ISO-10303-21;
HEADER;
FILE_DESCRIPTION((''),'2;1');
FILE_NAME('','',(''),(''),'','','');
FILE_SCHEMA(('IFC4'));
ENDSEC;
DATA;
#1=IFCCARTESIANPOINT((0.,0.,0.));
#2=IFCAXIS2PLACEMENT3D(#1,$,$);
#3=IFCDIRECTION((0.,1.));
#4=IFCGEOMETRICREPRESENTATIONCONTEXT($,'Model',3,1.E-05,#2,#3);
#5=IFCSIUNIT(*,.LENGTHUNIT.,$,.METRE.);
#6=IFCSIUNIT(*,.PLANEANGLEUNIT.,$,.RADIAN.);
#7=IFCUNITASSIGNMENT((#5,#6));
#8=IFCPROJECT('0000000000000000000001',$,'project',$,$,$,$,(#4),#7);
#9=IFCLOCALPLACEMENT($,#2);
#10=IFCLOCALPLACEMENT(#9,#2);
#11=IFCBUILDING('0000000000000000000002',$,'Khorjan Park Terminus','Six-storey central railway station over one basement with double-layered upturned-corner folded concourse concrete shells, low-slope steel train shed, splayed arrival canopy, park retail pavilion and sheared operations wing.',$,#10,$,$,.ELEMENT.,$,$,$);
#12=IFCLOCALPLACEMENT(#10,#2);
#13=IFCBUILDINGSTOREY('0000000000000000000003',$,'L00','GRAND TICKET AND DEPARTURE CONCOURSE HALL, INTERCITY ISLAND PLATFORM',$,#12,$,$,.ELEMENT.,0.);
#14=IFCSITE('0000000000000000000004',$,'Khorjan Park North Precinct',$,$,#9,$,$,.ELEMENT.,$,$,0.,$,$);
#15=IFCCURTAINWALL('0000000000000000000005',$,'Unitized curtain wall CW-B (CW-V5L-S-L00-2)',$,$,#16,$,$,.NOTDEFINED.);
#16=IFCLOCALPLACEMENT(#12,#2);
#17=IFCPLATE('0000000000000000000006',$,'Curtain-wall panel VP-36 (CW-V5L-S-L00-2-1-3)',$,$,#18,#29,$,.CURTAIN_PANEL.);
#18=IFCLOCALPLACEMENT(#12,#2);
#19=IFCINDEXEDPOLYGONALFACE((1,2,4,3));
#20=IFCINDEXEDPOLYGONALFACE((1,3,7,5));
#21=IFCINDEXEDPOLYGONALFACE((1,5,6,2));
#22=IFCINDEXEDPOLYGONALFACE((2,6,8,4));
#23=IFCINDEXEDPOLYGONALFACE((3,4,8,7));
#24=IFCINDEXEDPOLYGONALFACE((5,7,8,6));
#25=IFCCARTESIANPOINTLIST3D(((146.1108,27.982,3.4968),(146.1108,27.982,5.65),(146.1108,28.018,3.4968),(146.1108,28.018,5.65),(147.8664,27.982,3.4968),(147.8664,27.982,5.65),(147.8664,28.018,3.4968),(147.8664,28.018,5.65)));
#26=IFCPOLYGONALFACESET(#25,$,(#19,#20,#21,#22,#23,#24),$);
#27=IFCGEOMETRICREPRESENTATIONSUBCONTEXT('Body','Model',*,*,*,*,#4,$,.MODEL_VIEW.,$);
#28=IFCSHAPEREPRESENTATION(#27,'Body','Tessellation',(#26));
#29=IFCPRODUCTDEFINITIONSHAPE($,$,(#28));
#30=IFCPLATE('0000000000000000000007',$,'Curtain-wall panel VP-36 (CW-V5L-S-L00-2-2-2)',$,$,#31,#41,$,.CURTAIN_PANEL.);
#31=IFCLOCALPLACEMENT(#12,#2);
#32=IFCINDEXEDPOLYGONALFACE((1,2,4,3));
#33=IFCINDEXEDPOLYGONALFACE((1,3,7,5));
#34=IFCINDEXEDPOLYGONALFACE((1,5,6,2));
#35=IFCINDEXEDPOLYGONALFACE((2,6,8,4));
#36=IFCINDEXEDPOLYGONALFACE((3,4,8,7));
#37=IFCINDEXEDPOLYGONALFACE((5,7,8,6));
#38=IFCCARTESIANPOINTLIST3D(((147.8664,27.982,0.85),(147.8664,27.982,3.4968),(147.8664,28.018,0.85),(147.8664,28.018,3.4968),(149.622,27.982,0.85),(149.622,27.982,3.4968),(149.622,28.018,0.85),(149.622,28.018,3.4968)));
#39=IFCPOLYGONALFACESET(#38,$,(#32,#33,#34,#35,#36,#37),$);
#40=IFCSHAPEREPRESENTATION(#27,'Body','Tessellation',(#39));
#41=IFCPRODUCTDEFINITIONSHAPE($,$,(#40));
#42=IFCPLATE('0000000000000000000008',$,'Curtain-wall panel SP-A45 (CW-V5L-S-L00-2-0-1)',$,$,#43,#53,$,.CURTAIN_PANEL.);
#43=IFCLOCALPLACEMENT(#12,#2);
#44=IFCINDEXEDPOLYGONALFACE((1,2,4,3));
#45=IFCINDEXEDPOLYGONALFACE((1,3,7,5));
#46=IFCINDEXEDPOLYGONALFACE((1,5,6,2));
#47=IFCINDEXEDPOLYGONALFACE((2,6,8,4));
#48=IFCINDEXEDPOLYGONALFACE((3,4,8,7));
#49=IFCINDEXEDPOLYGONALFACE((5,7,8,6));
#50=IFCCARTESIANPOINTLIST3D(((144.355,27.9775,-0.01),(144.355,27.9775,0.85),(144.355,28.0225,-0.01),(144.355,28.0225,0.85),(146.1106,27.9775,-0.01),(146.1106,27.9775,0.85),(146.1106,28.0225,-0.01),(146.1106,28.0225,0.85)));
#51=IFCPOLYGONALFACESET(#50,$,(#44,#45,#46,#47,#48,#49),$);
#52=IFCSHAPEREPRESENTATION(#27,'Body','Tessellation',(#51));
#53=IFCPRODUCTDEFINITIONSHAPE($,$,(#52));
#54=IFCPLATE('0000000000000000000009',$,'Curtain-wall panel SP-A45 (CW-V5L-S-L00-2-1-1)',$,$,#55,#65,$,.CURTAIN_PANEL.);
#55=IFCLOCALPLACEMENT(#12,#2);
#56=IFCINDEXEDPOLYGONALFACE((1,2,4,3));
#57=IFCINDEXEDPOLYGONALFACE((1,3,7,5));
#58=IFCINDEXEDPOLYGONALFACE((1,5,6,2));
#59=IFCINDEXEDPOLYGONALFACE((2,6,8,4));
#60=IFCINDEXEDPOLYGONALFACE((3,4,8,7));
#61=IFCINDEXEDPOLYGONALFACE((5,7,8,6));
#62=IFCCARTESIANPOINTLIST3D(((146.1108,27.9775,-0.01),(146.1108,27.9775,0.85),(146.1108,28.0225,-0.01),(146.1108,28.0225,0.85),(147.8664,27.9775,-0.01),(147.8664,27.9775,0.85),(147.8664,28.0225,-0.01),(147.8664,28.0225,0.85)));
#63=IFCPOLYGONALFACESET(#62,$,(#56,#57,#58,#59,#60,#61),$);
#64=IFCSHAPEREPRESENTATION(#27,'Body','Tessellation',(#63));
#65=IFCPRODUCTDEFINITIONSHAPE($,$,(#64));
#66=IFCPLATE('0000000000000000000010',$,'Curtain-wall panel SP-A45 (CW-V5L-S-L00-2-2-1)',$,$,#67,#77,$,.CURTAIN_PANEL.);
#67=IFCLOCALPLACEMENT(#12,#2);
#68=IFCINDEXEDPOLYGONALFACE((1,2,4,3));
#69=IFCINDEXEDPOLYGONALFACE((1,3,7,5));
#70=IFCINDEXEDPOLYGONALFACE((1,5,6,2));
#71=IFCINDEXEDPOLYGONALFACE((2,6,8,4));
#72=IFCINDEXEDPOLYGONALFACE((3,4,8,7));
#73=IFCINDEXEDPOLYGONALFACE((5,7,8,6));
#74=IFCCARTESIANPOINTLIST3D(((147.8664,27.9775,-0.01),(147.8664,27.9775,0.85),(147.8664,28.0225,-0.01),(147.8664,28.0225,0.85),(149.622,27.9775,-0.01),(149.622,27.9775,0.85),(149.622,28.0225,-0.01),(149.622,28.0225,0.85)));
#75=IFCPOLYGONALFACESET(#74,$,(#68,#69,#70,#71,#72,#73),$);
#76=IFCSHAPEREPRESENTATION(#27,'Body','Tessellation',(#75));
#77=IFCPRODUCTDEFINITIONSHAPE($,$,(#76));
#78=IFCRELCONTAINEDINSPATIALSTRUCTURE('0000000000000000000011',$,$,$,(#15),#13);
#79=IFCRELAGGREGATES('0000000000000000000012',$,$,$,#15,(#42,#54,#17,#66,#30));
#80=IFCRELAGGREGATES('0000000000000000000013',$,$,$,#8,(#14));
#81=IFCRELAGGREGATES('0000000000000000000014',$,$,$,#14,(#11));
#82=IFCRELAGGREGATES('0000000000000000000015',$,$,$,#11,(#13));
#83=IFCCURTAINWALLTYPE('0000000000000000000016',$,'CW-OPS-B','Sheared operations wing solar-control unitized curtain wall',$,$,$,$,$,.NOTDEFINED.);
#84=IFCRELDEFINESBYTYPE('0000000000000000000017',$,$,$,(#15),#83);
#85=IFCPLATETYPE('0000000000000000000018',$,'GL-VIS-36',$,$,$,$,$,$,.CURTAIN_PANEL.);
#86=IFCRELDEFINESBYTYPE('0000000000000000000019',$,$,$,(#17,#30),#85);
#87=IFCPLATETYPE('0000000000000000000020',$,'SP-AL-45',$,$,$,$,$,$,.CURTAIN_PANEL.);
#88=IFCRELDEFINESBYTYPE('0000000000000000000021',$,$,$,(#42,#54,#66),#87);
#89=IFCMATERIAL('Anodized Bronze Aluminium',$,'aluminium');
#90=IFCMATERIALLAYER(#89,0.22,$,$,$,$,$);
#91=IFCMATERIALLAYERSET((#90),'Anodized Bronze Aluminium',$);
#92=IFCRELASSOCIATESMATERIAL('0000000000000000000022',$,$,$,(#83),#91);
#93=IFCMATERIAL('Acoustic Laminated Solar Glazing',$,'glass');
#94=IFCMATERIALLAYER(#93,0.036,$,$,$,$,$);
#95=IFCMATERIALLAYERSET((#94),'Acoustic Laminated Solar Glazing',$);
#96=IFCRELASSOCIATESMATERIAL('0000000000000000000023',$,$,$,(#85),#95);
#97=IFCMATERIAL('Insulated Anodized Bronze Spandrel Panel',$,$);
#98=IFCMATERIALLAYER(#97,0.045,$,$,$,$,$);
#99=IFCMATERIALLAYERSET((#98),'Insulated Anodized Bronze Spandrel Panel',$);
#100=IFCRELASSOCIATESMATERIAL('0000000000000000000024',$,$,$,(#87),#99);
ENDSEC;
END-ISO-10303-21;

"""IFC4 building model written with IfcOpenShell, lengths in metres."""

from ifc_helpers import new_model, si_unit, direction, frame, origin, origin_2d, place, context, subcontext, project, spatial, rectangle, extrude, material, layer, layer_set, type_object, element, aggregate, save


model = new_model("IFC4")

# Units and contexts
model_context = context("Model", 3, precision=1e-05, world=origin(), true_north=direction((0.0, 1.0)))
body_context = subcontext(model_context, "Body", "Model", "MODEL_VIEW")
ifc_project = project(units=[si_unit("LENGTHUNIT", "METRE"), si_unit("PLANEANGLEUNIT", "RADIAN")], contexts=[model_context])

# Site, building, storey
site_placement = place(None, origin())
site = spatial("IfcSite", under=ifc_project, at=site_placement, Name="Khorjan Park North Precinct", CompositionType="ELEMENT", RefElevation=0.0)
building_placement = place(site_placement, origin())
building = spatial("IfcBuilding", under=site, at=building_placement, Name="Khorjan Park Terminus", Description="Six-storey central railway station over one basement with double-layered upturned-corner folded concourse concrete shells, low-slope steel train shed, splayed arrival canopy, park retail pavilion and sheared operations wing.", CompositionType="ELEMENT")
storey_placement = place(building_placement, origin())
storey = spatial("IfcBuildingStorey", under=building, at=storey_placement, Name="L00", Description="GRAND TICKET AND DEPARTURE CONCOURSE HALL, INTERCITY ISLAND PLATFORM", CompositionType="ELEMENT", Elevation=0.0)

# Shared definitions
ifc_material_1 = material(Name="Anodized Bronze Aluminium", Category="aluminium")
ifc_layer_1 = layer(ifc_material_1, 0.22)
ifc_layer_set_1 = layer_set([ifc_layer_1], Name="Anodized Bronze Aluminium")
curtain_wall_type = type_object("IfcCurtainWallType", Name="CW-OPS-B", Description="Sheared operations wing solar-control unitized curtain wall", PredefinedType="NOTDEFINED", material=ifc_layer_set_1)

# Curtain wall
curtain_wall_1_placement = place(storey_placement, origin())
curtain_wall_1 = element("IfcCurtainWall", 1, at=curtain_wall_1_placement, inside=storey, type_object=curtain_wall_type, Name="Unitized curtain wall CW-B (CW-V5L-S-L00-2)", PredefinedType="NOTDEFINED")

# Plates
ifc_material_2 = material(Name="Acoustic Laminated Solar Glazing", Category="glass")
ifc_layer_2 = layer(ifc_material_2, 0.036)
ifc_layer_set_2 = layer_set([ifc_layer_2], Name="Acoustic Laminated Solar Glazing")
plate_type_1 = type_object("IfcPlateType", Name="GL-VIS-36", PredefinedType="CURTAIN_PANEL", material=ifc_layer_set_2)
plate_1_placement = place(storey_placement, frame((146.9886, 28.0, 3.4968), z_axis=(0.0, 0.0, 1.0), x_axis=(1.0, 0.0, 0.0)))
plate_1 = element("IfcPlate", 2, at=plate_1_placement, type_object=plate_type_1, Name="Curtain-wall panel VP-36 (CW-V5L-S-L00-2-1-3)", PredefinedType="CURTAIN_PANEL", context=body_context, shape_type="SweptSolid", body=[
    extrude(rectangle(XDim=1.7557, YDim=0.036, at=origin_2d()), origin(), (0.0, 0.0, 1.0), 2.1532),
])
plate_2_placement = place(storey_placement, frame((148.7442, 28.0, 0.85), z_axis=(0.0, 0.0, 1.0), x_axis=(1.0, 0.0, 0.0)))
plate_2 = element("IfcPlate", 3, at=plate_2_placement, type_object=plate_type_1, Name="Curtain-wall panel VP-36 (CW-V5L-S-L00-2-2-2)", PredefinedType="CURTAIN_PANEL", context=body_context, shape_type="SweptSolid", body=[
    extrude(rectangle(XDim=1.7557, YDim=0.036, at=origin_2d()), origin(), (0.0, 0.0, 1.0), 2.6468),
])
ifc_material_3 = material(Name="Insulated Anodized Bronze Spandrel Panel")
ifc_layer_3 = layer(ifc_material_3, 0.045)
ifc_layer_set_3 = layer_set([ifc_layer_3], Name="Insulated Anodized Bronze Spandrel Panel")
plate_type_2 = type_object("IfcPlateType", Name="SP-AL-45", PredefinedType="CURTAIN_PANEL", material=ifc_layer_set_3)
plate_3_placement = place(storey_placement, frame((145.2328, 28.0, -0.01), z_axis=(0.0, 0.0, 1.0), x_axis=(1.0, 0.0, 0.0)))
plate_3 = element("IfcPlate", 4, at=plate_3_placement, type_object=plate_type_2, Name="Curtain-wall panel SP-A45 (CW-V5L-S-L00-2-0-1)", PredefinedType="CURTAIN_PANEL", context=body_context, shape_type="SweptSolid", body=[
    extrude(rectangle(XDim=1.7557, YDim=0.045, at=origin_2d()), origin(), (0.0, 0.0, 1.0), 0.86),
])
plate_4_placement = place(storey_placement, frame((146.9886, 28.0, -0.01), z_axis=(0.0, 0.0, 1.0), x_axis=(1.0, 0.0, 0.0)))
plate_4 = element("IfcPlate", 5, at=plate_4_placement, type_object=plate_type_2, Name="Curtain-wall panel SP-A45 (CW-V5L-S-L00-2-1-1)", PredefinedType="CURTAIN_PANEL", context=body_context, shape_type="SweptSolid", body=[
    extrude(rectangle(XDim=1.7557, YDim=0.045, at=origin_2d()), origin(), (0.0, 0.0, 1.0), 0.86),
])
plate_5_placement = place(storey_placement, frame((148.7442, 28.0, -0.01), z_axis=(0.0, 0.0, 1.0), x_axis=(1.0, 0.0, 0.0)))
plate_5 = element("IfcPlate", 6, at=plate_5_placement, type_object=plate_type_2, Name="Curtain-wall panel SP-A45 (CW-V5L-S-L00-2-2-1)", PredefinedType="CURTAIN_PANEL", context=body_context, shape_type="SweptSolid", body=[
    extrude(rectangle(XDim=1.7557, YDim=0.045, at=origin_2d()), origin(), (0.0, 0.0, 1.0), 0.86),
])
aggregate(curtain_wall_1, [plate_3, plate_4, plate_1, plate_5, plate_2])

save(model, "model.ifc")
